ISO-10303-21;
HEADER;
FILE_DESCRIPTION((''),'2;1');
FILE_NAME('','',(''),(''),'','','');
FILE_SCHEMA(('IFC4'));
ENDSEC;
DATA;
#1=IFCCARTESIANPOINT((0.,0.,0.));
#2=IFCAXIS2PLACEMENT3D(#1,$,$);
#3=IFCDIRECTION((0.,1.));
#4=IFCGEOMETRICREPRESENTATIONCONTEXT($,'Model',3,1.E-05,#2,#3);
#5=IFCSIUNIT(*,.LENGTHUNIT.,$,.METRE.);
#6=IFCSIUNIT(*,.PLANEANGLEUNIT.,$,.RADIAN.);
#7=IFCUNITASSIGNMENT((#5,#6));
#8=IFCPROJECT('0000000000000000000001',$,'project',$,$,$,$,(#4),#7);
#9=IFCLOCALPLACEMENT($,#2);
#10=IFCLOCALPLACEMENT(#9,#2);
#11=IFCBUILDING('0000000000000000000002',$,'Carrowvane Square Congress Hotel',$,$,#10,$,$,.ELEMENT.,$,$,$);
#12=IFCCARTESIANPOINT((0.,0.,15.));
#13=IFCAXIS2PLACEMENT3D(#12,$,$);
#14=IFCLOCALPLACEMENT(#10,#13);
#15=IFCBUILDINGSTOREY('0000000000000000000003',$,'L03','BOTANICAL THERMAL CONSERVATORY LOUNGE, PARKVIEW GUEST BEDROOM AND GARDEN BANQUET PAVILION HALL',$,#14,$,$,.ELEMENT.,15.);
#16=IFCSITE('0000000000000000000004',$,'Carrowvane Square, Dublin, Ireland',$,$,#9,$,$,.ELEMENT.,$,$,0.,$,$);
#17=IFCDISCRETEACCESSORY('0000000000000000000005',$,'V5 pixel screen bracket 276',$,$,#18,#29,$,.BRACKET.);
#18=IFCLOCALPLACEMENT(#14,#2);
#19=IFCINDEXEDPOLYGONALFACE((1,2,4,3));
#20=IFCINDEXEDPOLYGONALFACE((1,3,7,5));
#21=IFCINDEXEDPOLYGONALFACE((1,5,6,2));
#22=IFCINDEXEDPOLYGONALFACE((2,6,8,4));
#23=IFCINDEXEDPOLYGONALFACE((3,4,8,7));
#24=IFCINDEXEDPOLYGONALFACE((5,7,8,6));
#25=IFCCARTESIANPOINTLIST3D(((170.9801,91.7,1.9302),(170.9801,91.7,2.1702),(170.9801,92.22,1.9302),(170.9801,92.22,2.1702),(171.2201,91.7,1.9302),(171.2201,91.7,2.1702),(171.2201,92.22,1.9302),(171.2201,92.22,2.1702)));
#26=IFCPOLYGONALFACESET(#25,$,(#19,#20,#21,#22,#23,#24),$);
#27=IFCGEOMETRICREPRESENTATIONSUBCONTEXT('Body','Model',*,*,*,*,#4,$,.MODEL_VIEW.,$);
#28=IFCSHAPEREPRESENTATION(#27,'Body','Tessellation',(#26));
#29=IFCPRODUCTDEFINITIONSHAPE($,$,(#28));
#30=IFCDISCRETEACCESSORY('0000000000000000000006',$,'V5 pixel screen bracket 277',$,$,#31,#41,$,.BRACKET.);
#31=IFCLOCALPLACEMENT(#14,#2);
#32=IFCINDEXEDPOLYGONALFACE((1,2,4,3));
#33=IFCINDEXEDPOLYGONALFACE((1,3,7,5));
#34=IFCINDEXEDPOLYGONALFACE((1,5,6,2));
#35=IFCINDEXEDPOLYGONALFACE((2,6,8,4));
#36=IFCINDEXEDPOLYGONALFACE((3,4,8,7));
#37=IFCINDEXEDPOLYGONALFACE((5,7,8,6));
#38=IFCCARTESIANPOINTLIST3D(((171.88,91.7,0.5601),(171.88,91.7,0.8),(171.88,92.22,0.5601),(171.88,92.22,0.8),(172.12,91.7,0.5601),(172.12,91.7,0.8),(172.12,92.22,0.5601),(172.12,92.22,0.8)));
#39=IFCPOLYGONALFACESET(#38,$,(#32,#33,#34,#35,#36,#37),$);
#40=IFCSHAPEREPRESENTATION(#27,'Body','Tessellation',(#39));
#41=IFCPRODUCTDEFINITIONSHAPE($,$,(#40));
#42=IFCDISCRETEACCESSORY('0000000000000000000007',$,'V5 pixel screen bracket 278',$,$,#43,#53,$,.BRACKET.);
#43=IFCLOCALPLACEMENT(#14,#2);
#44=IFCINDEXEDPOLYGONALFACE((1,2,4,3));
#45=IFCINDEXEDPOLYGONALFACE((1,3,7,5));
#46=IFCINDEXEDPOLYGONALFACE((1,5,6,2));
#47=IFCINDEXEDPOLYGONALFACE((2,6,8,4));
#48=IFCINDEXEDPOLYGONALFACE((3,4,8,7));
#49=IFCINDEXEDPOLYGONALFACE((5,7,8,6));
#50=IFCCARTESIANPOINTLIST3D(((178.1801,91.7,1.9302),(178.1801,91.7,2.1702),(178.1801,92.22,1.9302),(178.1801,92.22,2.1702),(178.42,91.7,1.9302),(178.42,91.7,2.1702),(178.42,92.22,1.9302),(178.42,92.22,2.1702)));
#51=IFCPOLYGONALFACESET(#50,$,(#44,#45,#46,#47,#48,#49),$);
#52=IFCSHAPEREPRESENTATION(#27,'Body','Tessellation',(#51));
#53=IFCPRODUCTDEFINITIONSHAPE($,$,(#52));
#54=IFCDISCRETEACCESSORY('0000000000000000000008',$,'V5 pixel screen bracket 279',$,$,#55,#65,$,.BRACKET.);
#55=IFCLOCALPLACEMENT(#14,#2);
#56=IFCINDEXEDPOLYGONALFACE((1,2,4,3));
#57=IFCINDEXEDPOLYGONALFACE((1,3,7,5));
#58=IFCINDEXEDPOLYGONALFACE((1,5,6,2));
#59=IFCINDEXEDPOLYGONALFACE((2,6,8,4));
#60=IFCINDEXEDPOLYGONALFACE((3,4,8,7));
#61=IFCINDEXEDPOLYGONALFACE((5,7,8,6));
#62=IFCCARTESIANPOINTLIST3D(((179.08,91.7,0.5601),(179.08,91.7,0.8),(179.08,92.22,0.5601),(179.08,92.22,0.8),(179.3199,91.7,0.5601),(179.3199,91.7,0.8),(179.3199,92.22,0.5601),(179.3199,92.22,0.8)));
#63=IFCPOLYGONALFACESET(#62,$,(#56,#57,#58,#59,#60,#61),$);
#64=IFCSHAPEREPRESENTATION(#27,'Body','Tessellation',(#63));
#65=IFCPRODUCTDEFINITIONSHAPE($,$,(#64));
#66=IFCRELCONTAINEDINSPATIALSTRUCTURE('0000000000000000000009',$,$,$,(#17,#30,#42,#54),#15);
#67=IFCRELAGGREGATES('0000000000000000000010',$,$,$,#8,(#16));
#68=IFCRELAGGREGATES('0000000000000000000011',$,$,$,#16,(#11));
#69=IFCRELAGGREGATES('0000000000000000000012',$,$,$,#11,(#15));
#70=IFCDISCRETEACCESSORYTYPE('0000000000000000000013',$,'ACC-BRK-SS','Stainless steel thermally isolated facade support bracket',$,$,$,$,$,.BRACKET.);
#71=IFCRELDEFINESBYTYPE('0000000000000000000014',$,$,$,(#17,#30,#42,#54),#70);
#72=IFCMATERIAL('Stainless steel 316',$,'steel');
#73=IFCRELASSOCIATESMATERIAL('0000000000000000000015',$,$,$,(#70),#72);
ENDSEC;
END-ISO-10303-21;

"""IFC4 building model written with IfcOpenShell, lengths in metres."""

from ifc_helpers import new_model, si_unit, direction, frame, origin, origin_2d, place, context, subcontext, project, spatial, rectangle, extrude, material, type_object, element, save


model = new_model("IFC4")

# Units and contexts
model_context = context("Model", 3, precision=1e-05, world=origin(), true_north=direction((0.0, 1.0)))
body_context = subcontext(model_context, "Body", "Model", "MODEL_VIEW")
ifc_project = project(units=[si_unit("LENGTHUNIT", "METRE"), si_unit("PLANEANGLEUNIT", "RADIAN")], contexts=[model_context])

# Site, building, storey
site_placement = place(None, origin())
site = spatial("IfcSite", under=ifc_project, at=site_placement, Name="Carrowvane Square, Dublin, Ireland", CompositionType="ELEMENT", RefElevation=0.0)
building_placement = place(site_placement, origin())
building = spatial("IfcBuilding", under=site, at=building_placement, Name="Carrowvane Square Congress Hotel", CompositionType="ELEMENT")
storey_placement = place(building_placement, frame((0.0, 0.0, 15.0)))
storey = spatial("IfcBuildingStorey", under=building, at=storey_placement, Name="L03", Description="BOTANICAL THERMAL CONSERVATORY LOUNGE, PARKVIEW GUEST BEDROOM AND GARDEN BANQUET PAVILION HALL", CompositionType="ELEMENT", Elevation=15.0)

# Discrete accessories
ifc_material_1 = material(Name="Stainless steel 316", Category="steel")
discrete_accessory_type = type_object("IfcDiscreteAccessoryType", Name="ACC-BRK-SS", Description="Stainless steel thermally isolated facade support bracket", PredefinedType="BRACKET", material=ifc_material_1)
for number, where, z_axis, x_axis, name in (
    (1, (171.1001, 91.96, 1.9302), (0.0, 0.0, 1.0), (1.0, 0.0, 0.0), "V5 pixel screen bracket 276"),
    (2, (172.0, 91.96, 0.5601), (0.0, 0.0, 1.0), (1.0, 0.0, 0.0), "V5 pixel screen bracket 277"),
    (3, (178.3, 91.96, 1.9302), (0.0, 0.0, 1.0), (1.0, 0.0, 0.0), "V5 pixel screen bracket 278"),
    (4, (179.2, 91.96, 0.5601), (0.0, 0.0, 1.0), (1.0, 0.0, 0.0), "V5 pixel screen bracket 279"),
):
    element("IfcDiscreteAccessory", number, at=place(storey_placement, frame(where, z_axis=z_axis, x_axis=x_axis)), inside=storey, type_object=discrete_accessory_type, Name=name, PredefinedType="BRACKET", context=body_context, shape_type="SweptSolid", body=[
        extrude(rectangle(XDim=0.24, YDim=0.52, at=origin_2d()), origin(), (0.0, 0.0, 1.0), 0.24),
    ])

save(model, "model.ifc")
